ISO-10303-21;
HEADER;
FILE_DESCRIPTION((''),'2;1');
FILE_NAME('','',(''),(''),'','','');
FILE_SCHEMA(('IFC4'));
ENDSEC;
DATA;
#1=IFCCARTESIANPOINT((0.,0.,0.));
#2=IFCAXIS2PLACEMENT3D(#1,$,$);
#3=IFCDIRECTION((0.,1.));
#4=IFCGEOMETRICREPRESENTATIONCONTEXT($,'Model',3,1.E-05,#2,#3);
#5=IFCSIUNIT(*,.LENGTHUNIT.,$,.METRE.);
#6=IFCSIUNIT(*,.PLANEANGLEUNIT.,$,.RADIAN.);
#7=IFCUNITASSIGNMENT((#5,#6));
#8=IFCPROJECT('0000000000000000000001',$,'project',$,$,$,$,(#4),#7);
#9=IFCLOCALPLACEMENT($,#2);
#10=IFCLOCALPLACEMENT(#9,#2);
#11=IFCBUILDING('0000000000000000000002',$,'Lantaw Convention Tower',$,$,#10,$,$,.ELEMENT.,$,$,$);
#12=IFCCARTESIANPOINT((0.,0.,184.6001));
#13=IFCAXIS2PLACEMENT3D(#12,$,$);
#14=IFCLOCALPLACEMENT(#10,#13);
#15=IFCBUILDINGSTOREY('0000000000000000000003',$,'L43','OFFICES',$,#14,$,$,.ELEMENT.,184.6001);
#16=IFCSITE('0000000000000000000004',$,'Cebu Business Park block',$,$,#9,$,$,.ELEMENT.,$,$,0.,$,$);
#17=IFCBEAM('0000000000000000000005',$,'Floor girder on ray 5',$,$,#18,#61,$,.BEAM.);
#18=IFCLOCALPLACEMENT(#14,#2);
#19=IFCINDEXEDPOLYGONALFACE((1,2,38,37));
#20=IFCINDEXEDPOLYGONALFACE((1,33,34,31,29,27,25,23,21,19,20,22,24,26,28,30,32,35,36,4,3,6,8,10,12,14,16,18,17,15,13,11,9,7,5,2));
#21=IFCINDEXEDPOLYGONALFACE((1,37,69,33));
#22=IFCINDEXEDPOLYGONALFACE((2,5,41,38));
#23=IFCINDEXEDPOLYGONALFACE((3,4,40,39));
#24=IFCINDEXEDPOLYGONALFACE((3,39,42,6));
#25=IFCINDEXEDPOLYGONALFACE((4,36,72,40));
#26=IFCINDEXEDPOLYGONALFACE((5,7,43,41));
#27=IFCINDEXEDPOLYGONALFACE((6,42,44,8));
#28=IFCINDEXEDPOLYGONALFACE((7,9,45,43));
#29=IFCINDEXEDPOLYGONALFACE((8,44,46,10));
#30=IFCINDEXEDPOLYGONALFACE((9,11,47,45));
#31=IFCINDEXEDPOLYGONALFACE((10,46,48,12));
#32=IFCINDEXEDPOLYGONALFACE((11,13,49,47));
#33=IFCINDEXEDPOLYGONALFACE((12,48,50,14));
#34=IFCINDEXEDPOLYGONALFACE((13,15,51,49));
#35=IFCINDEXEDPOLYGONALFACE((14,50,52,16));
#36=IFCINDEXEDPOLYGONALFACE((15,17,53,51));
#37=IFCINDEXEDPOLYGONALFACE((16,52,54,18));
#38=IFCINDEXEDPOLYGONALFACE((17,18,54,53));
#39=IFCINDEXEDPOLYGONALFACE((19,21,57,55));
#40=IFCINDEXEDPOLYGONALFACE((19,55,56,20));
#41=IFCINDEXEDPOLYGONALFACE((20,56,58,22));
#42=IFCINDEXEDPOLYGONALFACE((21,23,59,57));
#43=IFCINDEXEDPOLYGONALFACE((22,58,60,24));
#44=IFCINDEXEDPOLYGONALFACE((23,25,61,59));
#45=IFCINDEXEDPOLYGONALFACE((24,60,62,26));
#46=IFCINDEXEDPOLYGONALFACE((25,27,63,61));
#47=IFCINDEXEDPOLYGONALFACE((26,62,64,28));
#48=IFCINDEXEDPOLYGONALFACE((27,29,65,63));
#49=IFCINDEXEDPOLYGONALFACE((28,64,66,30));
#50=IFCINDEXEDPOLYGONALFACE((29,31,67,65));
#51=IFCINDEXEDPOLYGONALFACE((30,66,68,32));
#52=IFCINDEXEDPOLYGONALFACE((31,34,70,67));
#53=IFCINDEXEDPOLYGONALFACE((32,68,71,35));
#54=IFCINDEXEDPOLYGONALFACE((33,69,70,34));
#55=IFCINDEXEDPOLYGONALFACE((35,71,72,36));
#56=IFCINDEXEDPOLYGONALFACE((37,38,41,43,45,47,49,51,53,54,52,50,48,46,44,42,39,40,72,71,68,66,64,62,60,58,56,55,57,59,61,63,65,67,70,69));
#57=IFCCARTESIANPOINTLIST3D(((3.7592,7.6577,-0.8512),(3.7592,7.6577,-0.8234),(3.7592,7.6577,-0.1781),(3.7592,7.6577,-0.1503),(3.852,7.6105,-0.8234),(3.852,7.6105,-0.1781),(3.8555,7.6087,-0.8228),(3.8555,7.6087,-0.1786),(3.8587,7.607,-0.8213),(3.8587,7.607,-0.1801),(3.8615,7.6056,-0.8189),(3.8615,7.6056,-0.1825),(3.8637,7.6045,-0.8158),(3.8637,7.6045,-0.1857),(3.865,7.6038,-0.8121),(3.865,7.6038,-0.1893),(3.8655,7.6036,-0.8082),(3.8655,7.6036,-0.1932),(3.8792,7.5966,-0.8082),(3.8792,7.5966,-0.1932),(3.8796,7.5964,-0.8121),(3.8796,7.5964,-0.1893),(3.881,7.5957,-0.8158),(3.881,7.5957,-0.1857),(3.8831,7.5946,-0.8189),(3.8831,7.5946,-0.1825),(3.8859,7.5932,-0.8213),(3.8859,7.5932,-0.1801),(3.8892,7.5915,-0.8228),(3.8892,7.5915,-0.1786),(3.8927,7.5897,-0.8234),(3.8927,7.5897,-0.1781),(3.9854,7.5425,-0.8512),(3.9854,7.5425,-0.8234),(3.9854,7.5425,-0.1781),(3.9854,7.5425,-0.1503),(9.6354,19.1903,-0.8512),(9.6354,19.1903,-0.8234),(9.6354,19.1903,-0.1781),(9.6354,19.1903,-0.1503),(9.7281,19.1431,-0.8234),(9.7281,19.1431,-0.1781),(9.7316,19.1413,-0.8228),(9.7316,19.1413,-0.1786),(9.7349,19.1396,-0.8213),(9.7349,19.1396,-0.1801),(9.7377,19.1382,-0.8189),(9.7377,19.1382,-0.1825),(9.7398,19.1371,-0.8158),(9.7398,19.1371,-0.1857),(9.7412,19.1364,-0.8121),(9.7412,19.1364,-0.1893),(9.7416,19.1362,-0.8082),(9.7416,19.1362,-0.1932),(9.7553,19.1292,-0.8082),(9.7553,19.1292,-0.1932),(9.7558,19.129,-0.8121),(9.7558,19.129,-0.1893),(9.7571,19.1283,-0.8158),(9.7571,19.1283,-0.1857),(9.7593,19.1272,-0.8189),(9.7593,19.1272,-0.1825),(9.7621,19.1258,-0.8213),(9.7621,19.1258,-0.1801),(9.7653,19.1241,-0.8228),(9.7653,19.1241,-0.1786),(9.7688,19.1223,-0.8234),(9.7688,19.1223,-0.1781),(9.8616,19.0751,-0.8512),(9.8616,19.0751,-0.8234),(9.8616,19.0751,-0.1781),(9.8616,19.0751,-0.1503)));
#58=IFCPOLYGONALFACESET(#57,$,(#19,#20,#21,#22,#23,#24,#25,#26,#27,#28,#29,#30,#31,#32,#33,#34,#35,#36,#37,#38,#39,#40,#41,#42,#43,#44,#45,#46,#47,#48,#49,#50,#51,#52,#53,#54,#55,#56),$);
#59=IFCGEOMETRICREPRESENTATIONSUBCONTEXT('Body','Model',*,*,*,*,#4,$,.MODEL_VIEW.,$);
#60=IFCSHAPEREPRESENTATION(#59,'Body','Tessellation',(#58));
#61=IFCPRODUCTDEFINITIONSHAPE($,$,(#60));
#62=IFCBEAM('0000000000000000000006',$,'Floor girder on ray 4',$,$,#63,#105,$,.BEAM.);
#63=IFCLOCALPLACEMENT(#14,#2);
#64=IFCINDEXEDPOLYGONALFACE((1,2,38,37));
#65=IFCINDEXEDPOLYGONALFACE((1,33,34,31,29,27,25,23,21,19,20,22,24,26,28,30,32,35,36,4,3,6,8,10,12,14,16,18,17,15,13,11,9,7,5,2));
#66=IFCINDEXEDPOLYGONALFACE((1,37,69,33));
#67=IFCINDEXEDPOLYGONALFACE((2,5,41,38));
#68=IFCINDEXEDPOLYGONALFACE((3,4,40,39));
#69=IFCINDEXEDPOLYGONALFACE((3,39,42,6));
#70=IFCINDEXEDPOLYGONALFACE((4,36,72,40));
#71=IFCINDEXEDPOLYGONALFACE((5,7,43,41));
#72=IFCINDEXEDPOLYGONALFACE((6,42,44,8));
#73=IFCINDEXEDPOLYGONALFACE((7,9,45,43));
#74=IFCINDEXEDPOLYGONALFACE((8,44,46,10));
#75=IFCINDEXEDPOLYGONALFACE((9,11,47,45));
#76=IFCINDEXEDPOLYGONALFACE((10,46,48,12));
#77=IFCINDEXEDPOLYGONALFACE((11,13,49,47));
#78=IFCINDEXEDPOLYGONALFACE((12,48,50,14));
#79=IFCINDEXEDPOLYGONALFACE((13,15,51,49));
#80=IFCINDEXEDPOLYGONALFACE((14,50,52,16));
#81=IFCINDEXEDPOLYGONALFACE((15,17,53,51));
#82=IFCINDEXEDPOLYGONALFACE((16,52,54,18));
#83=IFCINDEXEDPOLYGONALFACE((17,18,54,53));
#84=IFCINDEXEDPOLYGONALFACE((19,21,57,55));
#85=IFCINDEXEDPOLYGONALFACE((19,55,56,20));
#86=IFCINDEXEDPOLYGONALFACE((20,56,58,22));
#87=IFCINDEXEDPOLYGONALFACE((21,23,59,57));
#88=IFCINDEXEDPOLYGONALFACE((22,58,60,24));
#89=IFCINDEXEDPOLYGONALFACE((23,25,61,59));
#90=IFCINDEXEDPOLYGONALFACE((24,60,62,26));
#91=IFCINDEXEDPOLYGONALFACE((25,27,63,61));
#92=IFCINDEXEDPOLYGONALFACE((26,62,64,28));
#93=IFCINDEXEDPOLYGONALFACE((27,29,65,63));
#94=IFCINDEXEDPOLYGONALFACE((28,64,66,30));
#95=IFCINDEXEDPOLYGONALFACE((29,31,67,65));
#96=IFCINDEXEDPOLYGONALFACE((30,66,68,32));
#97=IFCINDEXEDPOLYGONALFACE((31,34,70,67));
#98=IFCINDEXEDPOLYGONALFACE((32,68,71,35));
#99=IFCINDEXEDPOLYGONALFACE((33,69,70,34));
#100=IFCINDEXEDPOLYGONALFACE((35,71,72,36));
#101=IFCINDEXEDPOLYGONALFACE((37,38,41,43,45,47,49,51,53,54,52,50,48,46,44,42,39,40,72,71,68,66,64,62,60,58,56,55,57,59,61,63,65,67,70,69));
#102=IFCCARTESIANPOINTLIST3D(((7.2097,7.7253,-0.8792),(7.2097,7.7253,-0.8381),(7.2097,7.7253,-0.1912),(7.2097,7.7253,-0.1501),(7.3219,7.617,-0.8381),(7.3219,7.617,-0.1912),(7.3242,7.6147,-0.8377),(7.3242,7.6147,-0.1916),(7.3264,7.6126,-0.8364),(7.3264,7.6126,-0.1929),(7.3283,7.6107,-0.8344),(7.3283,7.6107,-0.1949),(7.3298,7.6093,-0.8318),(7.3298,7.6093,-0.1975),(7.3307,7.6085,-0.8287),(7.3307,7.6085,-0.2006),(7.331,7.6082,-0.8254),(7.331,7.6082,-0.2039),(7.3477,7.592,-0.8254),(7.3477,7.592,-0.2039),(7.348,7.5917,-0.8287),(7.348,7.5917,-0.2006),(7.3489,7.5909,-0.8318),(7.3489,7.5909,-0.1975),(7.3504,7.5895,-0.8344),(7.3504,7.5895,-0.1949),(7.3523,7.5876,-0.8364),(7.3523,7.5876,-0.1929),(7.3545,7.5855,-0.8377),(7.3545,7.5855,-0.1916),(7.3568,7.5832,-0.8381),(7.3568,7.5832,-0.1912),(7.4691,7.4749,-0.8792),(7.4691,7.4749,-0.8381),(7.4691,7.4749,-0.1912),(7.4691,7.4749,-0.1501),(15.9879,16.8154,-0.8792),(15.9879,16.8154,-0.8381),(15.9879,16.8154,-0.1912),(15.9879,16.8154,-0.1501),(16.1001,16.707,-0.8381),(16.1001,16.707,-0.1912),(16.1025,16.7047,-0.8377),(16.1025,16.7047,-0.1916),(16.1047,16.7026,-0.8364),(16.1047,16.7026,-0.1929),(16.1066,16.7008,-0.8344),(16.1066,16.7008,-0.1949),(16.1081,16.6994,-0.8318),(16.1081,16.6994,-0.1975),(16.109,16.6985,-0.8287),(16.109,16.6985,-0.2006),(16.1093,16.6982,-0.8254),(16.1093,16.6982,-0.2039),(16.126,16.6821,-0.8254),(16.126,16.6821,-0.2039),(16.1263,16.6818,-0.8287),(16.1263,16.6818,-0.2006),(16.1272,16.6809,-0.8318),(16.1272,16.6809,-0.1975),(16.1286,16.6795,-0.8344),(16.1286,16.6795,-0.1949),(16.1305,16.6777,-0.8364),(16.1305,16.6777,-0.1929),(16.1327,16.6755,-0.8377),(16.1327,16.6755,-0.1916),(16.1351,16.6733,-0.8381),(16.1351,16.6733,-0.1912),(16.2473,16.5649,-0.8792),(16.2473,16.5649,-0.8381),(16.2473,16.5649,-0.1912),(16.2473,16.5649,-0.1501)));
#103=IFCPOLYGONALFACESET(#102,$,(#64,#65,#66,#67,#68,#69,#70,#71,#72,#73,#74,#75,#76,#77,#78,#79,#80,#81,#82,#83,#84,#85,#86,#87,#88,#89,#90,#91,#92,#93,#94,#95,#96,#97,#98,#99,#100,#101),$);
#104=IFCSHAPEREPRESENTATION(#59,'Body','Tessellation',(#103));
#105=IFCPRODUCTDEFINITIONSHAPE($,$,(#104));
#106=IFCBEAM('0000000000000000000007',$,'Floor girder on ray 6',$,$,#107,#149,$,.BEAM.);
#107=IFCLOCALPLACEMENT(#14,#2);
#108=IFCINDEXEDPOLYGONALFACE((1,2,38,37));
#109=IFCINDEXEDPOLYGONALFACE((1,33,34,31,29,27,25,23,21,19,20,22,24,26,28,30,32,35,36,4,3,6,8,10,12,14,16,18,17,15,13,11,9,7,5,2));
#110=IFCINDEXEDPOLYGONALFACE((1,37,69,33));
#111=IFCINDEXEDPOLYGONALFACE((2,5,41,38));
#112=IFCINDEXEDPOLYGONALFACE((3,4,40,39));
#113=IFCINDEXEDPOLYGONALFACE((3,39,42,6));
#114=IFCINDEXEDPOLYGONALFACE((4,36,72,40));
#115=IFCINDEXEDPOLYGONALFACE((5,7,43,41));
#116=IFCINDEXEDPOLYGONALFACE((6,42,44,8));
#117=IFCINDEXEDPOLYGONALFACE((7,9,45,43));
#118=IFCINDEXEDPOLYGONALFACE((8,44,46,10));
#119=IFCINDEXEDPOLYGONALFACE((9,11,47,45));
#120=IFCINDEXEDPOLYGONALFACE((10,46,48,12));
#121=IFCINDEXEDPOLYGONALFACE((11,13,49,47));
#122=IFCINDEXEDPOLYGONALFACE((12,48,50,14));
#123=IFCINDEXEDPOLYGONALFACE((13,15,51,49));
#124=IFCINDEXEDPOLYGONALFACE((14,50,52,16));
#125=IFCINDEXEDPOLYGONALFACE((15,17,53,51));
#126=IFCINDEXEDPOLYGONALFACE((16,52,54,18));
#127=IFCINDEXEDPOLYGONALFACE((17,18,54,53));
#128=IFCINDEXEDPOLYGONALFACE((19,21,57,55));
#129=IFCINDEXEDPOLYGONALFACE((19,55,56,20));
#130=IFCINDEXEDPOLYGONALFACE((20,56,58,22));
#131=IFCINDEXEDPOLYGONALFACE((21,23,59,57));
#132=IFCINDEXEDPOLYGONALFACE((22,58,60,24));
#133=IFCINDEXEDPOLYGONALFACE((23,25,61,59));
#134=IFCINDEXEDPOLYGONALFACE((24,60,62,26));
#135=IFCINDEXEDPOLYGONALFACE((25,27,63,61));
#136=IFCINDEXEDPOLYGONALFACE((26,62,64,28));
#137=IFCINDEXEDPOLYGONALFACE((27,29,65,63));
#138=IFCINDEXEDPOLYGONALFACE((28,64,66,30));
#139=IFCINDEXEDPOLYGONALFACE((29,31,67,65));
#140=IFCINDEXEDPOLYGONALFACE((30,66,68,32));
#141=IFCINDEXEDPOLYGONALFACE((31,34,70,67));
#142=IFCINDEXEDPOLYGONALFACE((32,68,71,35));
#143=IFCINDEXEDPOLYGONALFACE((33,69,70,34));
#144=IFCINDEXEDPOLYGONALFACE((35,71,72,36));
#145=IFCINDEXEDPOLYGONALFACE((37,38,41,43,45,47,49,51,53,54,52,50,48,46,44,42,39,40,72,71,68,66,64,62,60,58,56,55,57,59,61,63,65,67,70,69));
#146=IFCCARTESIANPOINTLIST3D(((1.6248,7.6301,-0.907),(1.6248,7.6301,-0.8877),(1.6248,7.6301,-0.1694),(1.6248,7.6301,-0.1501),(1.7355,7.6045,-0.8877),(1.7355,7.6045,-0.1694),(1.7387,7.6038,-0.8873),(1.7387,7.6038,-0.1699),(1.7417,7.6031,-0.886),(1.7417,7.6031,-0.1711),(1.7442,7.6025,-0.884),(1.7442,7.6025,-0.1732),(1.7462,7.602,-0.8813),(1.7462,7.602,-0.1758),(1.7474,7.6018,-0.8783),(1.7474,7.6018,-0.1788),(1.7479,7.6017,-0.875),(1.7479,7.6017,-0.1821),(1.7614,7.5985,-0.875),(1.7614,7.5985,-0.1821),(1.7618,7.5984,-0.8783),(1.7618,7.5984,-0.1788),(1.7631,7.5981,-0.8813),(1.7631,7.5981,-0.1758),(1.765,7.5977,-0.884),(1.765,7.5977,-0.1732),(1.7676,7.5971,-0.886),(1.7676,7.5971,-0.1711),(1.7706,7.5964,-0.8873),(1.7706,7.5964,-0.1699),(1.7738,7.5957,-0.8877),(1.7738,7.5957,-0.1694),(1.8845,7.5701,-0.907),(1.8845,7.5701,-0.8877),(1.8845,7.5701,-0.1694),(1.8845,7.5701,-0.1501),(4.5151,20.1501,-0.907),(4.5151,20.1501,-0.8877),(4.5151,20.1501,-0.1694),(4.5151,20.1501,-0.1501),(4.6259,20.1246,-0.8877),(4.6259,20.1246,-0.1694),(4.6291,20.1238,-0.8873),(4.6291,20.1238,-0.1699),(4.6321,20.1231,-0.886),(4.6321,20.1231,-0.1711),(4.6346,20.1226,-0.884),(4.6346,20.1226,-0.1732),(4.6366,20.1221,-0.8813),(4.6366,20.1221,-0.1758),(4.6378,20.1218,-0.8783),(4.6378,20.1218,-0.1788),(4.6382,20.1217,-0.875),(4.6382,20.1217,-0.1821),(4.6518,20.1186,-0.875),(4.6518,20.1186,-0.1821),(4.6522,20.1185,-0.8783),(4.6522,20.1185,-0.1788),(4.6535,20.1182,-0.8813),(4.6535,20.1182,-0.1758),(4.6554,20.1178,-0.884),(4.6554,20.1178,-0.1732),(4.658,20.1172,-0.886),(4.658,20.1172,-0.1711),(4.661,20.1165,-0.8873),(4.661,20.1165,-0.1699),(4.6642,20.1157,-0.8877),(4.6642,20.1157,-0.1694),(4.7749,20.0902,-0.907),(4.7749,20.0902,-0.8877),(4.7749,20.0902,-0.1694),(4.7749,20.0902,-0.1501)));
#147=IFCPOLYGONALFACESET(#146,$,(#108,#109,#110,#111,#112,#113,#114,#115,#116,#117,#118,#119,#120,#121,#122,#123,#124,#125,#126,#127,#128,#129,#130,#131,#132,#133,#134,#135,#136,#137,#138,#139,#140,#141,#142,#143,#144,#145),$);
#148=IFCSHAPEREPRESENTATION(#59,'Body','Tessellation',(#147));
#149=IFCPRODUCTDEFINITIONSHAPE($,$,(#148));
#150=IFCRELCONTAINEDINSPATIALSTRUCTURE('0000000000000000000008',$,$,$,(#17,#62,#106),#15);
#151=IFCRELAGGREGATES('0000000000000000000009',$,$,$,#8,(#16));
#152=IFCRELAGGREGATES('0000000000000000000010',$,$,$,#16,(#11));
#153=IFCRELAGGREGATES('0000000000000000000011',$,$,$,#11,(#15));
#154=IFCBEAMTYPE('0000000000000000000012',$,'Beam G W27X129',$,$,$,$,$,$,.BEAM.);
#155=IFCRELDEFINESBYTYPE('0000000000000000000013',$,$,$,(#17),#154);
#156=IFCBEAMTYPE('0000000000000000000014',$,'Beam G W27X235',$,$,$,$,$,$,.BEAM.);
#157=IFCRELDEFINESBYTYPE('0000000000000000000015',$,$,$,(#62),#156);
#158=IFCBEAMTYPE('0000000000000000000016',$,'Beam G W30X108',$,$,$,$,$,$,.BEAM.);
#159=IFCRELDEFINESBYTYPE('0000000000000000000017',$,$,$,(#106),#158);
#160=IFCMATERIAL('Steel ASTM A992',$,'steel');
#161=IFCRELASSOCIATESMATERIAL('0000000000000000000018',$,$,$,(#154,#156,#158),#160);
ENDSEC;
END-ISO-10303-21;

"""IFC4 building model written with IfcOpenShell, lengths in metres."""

from ifc_helpers import new_model, si_unit, direction, frame, origin, origin_2d, place, context, subcontext, project, spatial, i_section, extrude, material, material_profile, profile_set, type_object, element, save


model = new_model("IFC4")

# Units and contexts
model_context = context("Model", 3, precision=1e-05, world=origin(), true_north=direction((0.0, 1.0)))
body_context = subcontext(model_context, "Body", "Model", "MODEL_VIEW")
ifc_project = project(units=[si_unit("LENGTHUNIT", "METRE"), si_unit("PLANEANGLEUNIT", "RADIAN")], contexts=[model_context])

# Site, building, storey
site_placement = place(None, origin())
site = spatial("IfcSite", under=ifc_project, at=site_placement, Name="Cebu Business Park block", CompositionType="ELEMENT", RefElevation=0.0)
building_placement = place(site_placement, origin())
building = spatial("IfcBuilding", under=site, at=building_placement, Name="Lantaw Convention Tower", CompositionType="ELEMENT")
storey_placement = place(building_placement, frame((0.0, 0.0, 184.6001)))
storey = spatial("IfcBuildingStorey", under=building, at=storey_placement, Name="L43", Description="OFFICES", CompositionType="ELEMENT", Elevation=184.6001)

# Beams
ifc_material_1 = material(Name="Steel ASTM A992", Category="steel")
ifc_material_profile_1 = material_profile(ifc_material_1, i_section(OverallWidth=0.2539, OverallDepth=0.7009, WebThickness=0.0154, FlangeThickness=0.0278, FilletRadius=0.0151, at=origin_2d()), Name="W27X129")
ifc_profile_set_1 = profile_set([ifc_material_profile_1], Name="Steel ASTM A992")
beam_type_1 = type_object("IfcBeamType", Name="Beam G W27X129", PredefinedType="BEAM", material=ifc_profile_set_1)
beam_1_placement = place(storey_placement, frame((3.8723, 7.6001, -0.5007), z_axis=(0.453991, 0.891006, 0.0), x_axis=(-0.891006, 0.453991, 0.0)))
element("IfcBeam", 1, at=beam_1_placement, inside=storey, type_object=beam_type_1, Name="Floor girder on ray 5", PredefinedType="BEAM", context=body_context, shape_type="SweptSolid", body=[
    extrude(i_section(OverallWidth=0.2539, OverallDepth=0.7009, WebThickness=0.0154, FlangeThickness=0.0278, FilletRadius=0.0151, at=origin_2d()), origin(), (0.0, 0.0, 1.0), 12.9434),
])
ifc_material_profile_2 = material_profile(ifc_material_1, i_section(OverallWidth=0.3606, OverallDepth=0.729, WebThickness=0.0232, FlangeThickness=0.041, FilletRadius=0.0127, at=origin_2d()), Name="W27X235")
ifc_profile_set_2 = profile_set([ifc_material_profile_2], Name="Steel ASTM A992")
beam_type_2 = type_object("IfcBeamType", Name="Beam G W27X235", PredefinedType="BEAM", material=ifc_profile_set_2)
beam_2_placement = place(storey_placement, frame((7.3394, 7.6001, -0.5146), z_axis=(0.694663, 0.719335, 0.0), x_axis=(-0.719335, 0.694663, 0.0)))
element("IfcBeam", 2, at=beam_2_placement, inside=storey, type_object=beam_type_2, Name="Floor girder on ray 4", PredefinedType="BEAM", context=body_context, shape_type="SweptSolid", body=[
    extrude(i_section(OverallWidth=0.3606, OverallDepth=0.729, WebThickness=0.0232, FlangeThickness=0.041, FilletRadius=0.0127, at=origin_2d()), origin(), (0.0, 0.0, 1.0), 12.6367),
])
ifc_material_profile_3 = material_profile(ifc_material_1, i_section(OverallWidth=0.2666, OverallDepth=0.7568, WebThickness=0.0139, FlangeThickness=0.0193, FilletRadius=0.0127, at=origin_2d()), Name="W30X108")
ifc_profile_set_3 = profile_set([ifc_material_profile_3], Name="Steel ASTM A992")
beam_type_3 = type_object("IfcBeamType", Name="Beam G W30X108", PredefinedType="BEAM", material=ifc_profile_set_3)
beam_3_placement = place(storey_placement, frame((1.7546, 7.6001, -0.5286), z_axis=(0.224944, 0.974372, 0.0), x_axis=(-0.974372, 0.224944, 0.0)))
element("IfcBeam", 3, at=beam_3_placement, inside=storey, type_object=beam_type_3, Name="Floor girder on ray 6", PredefinedType="BEAM", context=body_context, shape_type="SweptSolid", body=[
    extrude(i_section(OverallWidth=0.2666, OverallDepth=0.7568, WebThickness=0.0139, FlangeThickness=0.0193, FilletRadius=0.0127, at=origin_2d()), origin(), (0.0, 0.0, 1.0), 12.8494),
])

save(model, "model.ifc")
